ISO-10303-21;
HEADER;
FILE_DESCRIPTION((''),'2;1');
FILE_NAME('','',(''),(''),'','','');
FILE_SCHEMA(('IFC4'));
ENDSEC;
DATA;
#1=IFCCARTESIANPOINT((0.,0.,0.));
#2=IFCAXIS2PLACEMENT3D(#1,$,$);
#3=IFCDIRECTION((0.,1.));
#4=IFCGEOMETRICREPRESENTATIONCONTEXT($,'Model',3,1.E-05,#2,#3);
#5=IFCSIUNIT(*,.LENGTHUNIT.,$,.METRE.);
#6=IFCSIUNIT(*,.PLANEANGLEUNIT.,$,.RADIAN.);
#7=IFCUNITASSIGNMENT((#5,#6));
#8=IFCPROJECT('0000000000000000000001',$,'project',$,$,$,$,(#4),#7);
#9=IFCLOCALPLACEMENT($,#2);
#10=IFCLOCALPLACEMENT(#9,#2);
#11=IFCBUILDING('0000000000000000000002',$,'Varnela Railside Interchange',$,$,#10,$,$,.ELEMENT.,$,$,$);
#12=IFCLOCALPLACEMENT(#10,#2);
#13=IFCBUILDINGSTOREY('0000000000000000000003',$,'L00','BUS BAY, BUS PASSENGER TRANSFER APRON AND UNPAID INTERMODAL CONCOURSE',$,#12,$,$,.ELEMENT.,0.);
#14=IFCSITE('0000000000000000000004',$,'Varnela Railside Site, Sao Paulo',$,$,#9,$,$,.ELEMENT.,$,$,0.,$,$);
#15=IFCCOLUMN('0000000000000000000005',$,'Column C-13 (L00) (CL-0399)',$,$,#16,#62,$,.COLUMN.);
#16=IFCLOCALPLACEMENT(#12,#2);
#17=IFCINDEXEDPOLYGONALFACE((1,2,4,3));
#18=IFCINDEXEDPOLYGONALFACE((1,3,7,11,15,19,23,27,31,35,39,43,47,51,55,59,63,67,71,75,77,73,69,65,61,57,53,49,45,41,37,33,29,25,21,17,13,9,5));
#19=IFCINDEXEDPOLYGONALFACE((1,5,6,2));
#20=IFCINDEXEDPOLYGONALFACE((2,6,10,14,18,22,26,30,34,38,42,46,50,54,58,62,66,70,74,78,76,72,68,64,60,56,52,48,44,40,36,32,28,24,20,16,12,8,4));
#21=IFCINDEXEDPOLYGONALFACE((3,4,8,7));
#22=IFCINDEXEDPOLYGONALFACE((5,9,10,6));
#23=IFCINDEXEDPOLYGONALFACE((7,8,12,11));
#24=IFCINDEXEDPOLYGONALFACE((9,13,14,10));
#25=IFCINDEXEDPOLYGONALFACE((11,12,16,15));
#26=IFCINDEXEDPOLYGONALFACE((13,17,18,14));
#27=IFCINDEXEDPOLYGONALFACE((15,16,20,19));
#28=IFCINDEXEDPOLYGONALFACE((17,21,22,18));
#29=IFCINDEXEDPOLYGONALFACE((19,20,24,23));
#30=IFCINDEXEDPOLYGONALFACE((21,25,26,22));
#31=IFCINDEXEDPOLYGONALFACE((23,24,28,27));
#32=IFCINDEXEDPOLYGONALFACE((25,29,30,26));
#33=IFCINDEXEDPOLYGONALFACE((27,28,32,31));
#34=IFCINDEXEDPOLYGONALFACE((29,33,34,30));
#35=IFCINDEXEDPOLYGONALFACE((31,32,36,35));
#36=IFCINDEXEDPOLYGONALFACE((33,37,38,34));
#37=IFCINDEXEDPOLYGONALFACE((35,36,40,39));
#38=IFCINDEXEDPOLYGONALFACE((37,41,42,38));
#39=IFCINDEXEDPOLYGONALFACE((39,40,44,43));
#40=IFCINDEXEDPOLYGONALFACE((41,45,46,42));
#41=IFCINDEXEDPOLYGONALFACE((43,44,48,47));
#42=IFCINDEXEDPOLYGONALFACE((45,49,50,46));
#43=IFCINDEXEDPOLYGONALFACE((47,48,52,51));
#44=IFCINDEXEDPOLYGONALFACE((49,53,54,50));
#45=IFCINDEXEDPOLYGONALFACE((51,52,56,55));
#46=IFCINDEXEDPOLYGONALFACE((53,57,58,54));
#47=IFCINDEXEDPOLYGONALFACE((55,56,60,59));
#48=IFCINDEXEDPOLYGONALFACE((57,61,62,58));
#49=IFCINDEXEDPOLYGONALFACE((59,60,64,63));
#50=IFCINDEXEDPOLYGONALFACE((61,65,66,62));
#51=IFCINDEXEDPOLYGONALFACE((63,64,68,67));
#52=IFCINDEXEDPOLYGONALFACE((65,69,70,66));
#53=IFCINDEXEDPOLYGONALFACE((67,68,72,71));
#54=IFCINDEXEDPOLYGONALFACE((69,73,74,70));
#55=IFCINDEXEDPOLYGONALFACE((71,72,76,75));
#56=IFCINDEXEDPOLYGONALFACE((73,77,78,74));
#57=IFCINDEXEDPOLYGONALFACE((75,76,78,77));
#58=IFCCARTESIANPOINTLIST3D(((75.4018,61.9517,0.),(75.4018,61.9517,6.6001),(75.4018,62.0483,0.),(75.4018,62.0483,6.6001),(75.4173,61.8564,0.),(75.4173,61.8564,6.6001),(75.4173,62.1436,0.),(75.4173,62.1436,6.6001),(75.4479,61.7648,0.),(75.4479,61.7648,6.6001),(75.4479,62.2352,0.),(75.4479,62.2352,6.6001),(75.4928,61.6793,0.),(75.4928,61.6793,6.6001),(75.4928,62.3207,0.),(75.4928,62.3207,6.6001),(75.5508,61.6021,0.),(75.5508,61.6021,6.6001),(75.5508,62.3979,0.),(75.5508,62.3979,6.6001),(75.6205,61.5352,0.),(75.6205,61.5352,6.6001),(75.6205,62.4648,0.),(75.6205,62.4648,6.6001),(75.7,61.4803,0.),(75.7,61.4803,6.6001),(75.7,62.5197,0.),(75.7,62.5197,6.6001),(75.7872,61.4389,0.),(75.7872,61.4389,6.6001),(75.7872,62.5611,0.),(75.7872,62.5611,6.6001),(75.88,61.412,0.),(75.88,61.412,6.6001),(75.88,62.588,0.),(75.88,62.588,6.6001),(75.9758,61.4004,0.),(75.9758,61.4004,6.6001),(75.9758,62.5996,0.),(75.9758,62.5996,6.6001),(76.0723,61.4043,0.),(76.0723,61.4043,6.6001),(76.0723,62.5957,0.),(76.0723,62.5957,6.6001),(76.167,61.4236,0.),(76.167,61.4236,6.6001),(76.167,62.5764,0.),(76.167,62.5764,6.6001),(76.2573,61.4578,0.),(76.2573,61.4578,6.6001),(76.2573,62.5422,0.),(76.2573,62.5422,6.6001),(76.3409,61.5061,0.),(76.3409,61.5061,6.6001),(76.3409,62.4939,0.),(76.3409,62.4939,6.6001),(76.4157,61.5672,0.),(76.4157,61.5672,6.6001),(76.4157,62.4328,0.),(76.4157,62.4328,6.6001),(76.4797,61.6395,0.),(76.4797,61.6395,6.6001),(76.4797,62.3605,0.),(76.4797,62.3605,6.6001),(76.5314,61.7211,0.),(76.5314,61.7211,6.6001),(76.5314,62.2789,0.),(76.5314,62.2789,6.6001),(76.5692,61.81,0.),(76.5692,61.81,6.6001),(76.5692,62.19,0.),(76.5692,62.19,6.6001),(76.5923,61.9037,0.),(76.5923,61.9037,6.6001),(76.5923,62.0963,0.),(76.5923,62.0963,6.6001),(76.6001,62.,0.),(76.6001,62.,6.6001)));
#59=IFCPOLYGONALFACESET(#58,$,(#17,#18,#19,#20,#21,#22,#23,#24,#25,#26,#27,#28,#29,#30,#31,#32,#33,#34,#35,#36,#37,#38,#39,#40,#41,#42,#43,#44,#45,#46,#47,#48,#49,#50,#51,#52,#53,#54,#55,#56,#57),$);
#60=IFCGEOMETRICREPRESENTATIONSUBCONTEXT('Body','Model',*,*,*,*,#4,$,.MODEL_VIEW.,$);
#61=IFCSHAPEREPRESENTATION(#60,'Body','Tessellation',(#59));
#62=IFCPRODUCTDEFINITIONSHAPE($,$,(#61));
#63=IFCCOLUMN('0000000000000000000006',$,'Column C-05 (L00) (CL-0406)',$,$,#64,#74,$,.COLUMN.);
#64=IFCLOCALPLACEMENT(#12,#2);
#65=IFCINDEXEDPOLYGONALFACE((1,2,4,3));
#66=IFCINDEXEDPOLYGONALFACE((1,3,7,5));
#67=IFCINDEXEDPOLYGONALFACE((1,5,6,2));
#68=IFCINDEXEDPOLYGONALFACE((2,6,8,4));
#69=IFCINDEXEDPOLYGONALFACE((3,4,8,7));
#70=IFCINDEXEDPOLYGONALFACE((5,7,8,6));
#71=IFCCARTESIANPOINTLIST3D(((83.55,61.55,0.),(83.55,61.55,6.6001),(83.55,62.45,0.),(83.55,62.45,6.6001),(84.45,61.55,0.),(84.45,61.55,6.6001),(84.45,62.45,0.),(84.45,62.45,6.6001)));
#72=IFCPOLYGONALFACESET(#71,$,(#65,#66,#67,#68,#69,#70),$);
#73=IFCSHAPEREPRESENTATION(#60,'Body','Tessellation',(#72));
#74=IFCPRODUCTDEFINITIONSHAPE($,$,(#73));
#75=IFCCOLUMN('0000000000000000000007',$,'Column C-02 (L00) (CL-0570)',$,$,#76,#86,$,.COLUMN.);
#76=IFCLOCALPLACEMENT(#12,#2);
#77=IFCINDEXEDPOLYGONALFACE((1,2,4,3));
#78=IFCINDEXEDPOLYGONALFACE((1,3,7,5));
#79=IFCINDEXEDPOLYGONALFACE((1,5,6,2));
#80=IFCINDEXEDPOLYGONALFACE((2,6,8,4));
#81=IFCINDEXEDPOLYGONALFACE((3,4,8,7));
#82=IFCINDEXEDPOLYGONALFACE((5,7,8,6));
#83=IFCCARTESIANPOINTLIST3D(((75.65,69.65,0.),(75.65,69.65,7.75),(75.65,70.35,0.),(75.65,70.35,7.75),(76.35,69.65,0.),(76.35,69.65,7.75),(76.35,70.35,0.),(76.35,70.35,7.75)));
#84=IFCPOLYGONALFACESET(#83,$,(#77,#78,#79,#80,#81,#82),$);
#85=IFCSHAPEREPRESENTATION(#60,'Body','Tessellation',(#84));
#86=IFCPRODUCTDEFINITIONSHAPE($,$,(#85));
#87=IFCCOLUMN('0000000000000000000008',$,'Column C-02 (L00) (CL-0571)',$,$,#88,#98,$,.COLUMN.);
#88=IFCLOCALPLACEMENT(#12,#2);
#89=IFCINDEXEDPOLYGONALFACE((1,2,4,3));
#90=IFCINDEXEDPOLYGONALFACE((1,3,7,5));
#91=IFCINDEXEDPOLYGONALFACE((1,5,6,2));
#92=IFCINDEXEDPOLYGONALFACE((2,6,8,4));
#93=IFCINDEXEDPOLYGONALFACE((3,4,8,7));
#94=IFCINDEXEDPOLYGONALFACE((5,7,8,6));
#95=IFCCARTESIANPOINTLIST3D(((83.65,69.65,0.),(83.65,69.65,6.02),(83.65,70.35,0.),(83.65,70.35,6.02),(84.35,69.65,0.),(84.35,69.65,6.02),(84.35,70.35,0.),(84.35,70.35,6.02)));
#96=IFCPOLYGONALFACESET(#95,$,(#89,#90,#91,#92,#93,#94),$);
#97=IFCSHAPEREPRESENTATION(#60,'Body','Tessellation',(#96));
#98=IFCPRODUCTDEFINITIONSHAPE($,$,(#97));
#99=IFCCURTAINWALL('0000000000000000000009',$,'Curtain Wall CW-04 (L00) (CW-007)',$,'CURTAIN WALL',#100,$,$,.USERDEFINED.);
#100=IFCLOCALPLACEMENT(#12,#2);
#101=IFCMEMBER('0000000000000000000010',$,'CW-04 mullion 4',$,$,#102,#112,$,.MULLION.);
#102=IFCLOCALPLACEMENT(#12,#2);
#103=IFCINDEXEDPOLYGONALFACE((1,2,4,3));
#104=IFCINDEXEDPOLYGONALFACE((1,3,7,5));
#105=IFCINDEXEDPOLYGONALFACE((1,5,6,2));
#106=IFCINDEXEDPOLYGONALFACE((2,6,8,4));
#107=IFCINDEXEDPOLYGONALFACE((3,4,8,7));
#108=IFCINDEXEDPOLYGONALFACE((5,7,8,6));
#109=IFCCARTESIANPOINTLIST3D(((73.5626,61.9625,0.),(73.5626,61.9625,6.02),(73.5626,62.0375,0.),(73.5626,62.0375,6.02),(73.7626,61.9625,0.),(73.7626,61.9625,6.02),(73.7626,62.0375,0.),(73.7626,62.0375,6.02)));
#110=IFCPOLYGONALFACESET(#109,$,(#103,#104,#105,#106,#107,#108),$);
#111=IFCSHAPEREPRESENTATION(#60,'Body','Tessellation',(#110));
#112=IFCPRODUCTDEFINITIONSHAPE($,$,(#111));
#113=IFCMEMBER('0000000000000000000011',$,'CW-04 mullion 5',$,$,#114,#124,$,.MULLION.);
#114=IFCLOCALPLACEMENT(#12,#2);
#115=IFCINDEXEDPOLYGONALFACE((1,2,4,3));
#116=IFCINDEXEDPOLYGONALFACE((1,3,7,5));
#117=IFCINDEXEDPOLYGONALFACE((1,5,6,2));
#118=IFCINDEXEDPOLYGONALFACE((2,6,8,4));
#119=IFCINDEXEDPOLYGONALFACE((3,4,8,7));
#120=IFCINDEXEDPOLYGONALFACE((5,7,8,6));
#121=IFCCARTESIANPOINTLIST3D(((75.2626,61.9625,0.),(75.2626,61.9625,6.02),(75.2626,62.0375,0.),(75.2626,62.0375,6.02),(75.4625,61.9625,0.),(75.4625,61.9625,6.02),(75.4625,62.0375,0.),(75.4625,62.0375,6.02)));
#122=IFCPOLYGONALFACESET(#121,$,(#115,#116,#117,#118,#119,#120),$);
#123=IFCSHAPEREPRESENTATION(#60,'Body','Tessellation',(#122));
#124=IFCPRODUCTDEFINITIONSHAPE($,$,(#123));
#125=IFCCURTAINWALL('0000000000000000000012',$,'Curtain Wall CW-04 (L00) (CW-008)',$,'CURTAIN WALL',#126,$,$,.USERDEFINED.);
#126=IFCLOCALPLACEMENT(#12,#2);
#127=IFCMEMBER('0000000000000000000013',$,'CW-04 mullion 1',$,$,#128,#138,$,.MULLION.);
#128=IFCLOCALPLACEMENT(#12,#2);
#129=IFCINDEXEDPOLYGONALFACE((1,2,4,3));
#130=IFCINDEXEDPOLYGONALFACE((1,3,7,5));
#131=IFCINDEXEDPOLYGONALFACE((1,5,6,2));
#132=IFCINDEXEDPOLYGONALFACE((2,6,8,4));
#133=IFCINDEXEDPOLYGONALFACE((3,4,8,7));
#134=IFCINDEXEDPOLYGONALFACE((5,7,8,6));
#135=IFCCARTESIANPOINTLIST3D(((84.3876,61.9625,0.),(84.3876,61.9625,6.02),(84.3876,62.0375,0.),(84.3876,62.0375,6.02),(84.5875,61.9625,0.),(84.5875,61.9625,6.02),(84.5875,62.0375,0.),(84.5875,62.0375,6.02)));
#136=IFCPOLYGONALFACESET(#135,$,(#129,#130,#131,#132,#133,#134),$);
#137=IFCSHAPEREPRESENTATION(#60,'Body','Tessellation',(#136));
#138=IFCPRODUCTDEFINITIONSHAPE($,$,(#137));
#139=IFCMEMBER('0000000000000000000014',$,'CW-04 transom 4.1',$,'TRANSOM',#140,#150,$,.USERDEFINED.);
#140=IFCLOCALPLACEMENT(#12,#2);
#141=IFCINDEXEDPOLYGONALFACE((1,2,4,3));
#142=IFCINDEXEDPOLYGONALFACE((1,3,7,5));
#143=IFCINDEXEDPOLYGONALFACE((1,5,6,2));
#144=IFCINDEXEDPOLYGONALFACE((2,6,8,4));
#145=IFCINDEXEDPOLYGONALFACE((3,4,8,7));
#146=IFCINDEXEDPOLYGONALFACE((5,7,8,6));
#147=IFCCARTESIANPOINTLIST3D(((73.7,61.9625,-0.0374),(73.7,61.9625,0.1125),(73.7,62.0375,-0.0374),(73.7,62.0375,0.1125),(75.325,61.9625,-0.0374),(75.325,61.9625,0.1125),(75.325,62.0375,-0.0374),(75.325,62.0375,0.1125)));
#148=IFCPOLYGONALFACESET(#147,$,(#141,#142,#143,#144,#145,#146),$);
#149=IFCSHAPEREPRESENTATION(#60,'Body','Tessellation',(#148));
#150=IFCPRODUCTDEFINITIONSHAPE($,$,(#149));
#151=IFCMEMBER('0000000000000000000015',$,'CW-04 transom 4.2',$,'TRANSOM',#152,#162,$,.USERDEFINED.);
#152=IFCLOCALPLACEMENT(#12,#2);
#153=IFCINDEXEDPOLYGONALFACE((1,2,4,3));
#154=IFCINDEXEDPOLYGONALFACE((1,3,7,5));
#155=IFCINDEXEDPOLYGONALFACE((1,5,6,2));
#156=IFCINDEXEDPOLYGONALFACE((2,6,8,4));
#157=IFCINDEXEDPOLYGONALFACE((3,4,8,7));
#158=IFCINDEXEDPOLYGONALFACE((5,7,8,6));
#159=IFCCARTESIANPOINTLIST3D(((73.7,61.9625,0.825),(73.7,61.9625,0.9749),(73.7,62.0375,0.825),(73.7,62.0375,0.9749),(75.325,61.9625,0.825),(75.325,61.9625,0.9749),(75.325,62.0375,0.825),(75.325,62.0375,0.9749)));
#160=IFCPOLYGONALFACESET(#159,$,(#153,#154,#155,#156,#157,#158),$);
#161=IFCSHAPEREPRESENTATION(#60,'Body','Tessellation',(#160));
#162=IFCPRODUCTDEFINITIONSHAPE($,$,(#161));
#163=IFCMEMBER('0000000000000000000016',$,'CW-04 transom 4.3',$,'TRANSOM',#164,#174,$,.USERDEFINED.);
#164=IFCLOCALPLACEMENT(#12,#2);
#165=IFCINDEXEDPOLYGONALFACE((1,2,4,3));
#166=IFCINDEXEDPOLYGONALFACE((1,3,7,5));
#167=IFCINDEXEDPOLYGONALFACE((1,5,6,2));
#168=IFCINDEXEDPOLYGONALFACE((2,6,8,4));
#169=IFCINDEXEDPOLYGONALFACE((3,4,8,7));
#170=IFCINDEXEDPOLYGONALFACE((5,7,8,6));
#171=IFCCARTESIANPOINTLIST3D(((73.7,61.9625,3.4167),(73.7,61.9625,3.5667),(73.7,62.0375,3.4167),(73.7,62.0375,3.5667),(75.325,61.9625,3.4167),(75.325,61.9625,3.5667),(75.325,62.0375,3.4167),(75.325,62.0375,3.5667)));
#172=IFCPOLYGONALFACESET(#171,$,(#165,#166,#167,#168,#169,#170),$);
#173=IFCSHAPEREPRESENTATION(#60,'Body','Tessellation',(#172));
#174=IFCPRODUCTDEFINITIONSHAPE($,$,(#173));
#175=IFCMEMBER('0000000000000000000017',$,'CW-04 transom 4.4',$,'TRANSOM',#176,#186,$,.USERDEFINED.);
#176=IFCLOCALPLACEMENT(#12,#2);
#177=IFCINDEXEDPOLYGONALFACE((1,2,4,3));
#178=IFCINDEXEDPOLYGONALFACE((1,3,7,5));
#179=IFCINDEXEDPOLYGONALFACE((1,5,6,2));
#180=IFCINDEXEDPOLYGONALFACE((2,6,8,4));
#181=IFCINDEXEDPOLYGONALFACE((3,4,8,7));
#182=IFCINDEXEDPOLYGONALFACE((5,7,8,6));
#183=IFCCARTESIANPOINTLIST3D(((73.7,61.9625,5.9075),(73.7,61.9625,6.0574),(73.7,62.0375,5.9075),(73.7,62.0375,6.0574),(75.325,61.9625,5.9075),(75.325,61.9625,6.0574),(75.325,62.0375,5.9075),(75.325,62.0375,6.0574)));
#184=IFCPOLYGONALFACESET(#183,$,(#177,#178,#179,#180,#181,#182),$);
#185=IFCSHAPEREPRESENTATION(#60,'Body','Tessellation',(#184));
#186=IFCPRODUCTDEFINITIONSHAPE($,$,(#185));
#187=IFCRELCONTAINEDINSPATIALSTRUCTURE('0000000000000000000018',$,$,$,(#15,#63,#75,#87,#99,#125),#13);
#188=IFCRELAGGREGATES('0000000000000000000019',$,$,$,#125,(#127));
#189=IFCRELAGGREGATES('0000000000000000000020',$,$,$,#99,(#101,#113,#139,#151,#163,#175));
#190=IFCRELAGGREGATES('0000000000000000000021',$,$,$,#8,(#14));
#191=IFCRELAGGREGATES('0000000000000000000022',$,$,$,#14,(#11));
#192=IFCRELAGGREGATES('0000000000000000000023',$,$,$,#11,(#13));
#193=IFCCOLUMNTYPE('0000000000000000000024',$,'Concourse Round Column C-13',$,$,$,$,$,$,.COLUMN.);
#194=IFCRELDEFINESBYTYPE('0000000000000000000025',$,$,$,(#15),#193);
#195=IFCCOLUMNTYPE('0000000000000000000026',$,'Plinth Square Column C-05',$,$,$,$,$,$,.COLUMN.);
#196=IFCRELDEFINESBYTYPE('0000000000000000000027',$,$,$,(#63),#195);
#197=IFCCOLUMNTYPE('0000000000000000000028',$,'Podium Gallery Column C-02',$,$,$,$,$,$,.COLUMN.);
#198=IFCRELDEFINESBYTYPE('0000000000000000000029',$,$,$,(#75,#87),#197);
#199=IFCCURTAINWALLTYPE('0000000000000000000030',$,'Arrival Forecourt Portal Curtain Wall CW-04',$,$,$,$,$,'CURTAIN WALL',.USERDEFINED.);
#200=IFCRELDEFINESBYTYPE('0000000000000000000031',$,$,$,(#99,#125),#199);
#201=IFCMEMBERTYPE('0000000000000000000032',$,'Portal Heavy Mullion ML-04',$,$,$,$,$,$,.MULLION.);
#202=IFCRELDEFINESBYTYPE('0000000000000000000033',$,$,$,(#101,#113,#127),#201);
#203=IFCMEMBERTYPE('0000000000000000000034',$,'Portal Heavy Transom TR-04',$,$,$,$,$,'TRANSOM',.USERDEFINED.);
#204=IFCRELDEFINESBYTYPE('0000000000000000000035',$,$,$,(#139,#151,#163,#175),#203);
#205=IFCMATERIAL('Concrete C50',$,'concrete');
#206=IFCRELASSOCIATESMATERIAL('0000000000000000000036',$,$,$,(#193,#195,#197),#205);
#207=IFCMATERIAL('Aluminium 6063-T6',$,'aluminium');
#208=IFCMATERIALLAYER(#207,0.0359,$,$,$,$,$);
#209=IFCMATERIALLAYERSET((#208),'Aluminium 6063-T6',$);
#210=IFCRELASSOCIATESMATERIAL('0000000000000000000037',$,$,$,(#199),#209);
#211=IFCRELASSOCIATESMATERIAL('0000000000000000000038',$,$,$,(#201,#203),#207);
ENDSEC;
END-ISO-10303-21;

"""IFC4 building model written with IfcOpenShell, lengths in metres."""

from ifc_helpers import new_model, si_unit, direction, frame, origin, origin_2d, place, context, subcontext, project, spatial, rectangle, circle, extrude, material, layer, layer_set, material_profile, profile_set, type_object, element, aggregate, save


model = new_model("IFC4")

# Units and contexts
model_context = context("Model", 3, precision=1e-05, world=origin(), true_north=direction((0.0, 1.0)))
body_context = subcontext(model_context, "Body", "Model", "MODEL_VIEW")
ifc_project = project(units=[si_unit("LENGTHUNIT", "METRE"), si_unit("PLANEANGLEUNIT", "RADIAN")], contexts=[model_context])

# Site, building, storey
site_placement = place(None, origin())
site = spatial("IfcSite", under=ifc_project, at=site_placement, Name="Varnela Railside Site, Sao Paulo", CompositionType="ELEMENT", RefElevation=0.0)
building_placement = place(site_placement, origin())
building = spatial("IfcBuilding", under=site, at=building_placement, Name="Varnela Railside Interchange", CompositionType="ELEMENT")
storey_placement = place(building_placement, origin())
storey = spatial("IfcBuildingStorey", under=building, at=storey_placement, Name="L00", Description="BUS BAY, BUS PASSENGER TRANSFER APRON AND UNPAID INTERMODAL CONCOURSE", CompositionType="ELEMENT", Elevation=0.0)

# Columns
ifc_material_1 = material(Name="Concrete C50", Category="concrete")
ifc_material_profile_1 = material_profile(ifc_material_1, circle(Radius=0.6001, at=origin_2d()), Name="CIRC D1200")
ifc_profile_set_1 = profile_set([ifc_material_profile_1], Name="Concrete C50")
column_type_1 = type_object("IfcColumnType", Name="Concourse Round Column C-13", PredefinedType="COLUMN", material=ifc_profile_set_1)
column_1_placement = place(storey_placement, frame((76.0, 62.0, 0.0), z_axis=(0.0, 0.0, 1.0), x_axis=(1.0, 0.0, 0.0)))
element("IfcColumn", 1, at=column_1_placement, inside=storey, type_object=column_type_1, Name="Column C-13 (L00) (CL-0399)", PredefinedType="COLUMN", context=body_context, shape_type="SweptSolid", body=[
    extrude(circle(Radius=0.6001, at=origin_2d()), origin(), (0.0, 0.0, 1.0), 6.6001),
])
ifc_material_profile_2 = material_profile(ifc_material_1, rectangle(XDim=0.8999, YDim=0.8999, at=origin_2d()), Name="RC 900x900")
ifc_profile_set_2 = profile_set([ifc_material_profile_2], Name="Concrete C50")
column_type_2 = type_object("IfcColumnType", Name="Plinth Square Column C-05", PredefinedType="COLUMN", material=ifc_profile_set_2)
column_2_placement = place(storey_placement, frame((84.0, 62.0, 0.0), z_axis=(0.0, 0.0, 1.0), x_axis=(1.0, 0.0, 0.0)))
element("IfcColumn", 2, at=column_2_placement, inside=storey, type_object=column_type_2, Name="Column C-05 (L00) (CL-0406)", PredefinedType="COLUMN", context=body_context, shape_type="SweptSolid", body=[
    extrude(rectangle(XDim=0.8999, YDim=0.8999, at=origin_2d()), origin(), (0.0, 0.0, 1.0), 6.6001),
])
ifc_material_profile_3 = material_profile(ifc_material_1, rectangle(XDim=0.7, YDim=0.7, at=origin_2d()), Name="RC 700x700")
ifc_profile_set_3 = profile_set([ifc_material_profile_3], Name="Concrete C50")
column_type_3 = type_object("IfcColumnType", Name="Podium Gallery Column C-02", PredefinedType="COLUMN", material=ifc_profile_set_3)
column_3_placement = place(storey_placement, frame((76.0, 70.0, 0.0), z_axis=(0.0, 0.0, 1.0), x_axis=(1.0, 0.0, 0.0)))
element("IfcColumn", 3, at=column_3_placement, inside=storey, type_object=column_type_3, Name="Column C-02 (L00) (CL-0570)", PredefinedType="COLUMN", context=body_context, shape_type="SweptSolid", body=[
    extrude(rectangle(XDim=0.7, YDim=0.7, at=origin_2d()), origin(), (0.0, 0.0, 1.0), 7.75),
])
column_4_placement = place(storey_placement, frame((84.0, 70.0, 0.0), z_axis=(0.0, 0.0, 1.0), x_axis=(1.0, 0.0, 0.0)))
element("IfcColumn", 4, at=column_4_placement, inside=storey, type_object=column_type_3, Name="Column C-02 (L00) (CL-0571)", PredefinedType="COLUMN", context=body_context, shape_type="SweptSolid", body=[
    extrude(rectangle(XDim=0.7, YDim=0.7, at=origin_2d()), origin(), (0.0, 0.0, 1.0), 6.02),
])

# Curtain wall, members
ifc_material_2 = material(Name="Aluminium 6063-T6", Category="aluminium")
ifc_layer_1 = layer(ifc_material_2, 0.0359)
ifc_layer_set_1 = layer_set([ifc_layer_1], Name="Aluminium 6063-T6")
curtain_wall_type = type_object("IfcCurtainWallType", Name="Arrival Forecourt Portal Curtain Wall CW-04", ElementType="CURTAIN WALL", PredefinedType="USERDEFINED", material=ifc_layer_set_1)
curtain_wall_1_placement = place(storey_placement, origin())
curtain_wall_1 = element("IfcCurtainWall", 5, at=curtain_wall_1_placement, inside=storey, type_object=curtain_wall_type, Name="Curtain Wall CW-04 (L00) (CW-007)", ObjectType="CURTAIN WALL", PredefinedType="USERDEFINED")
ifc_material_profile_4 = material_profile(ifc_material_2, rectangle(XDim=0.075, YDim=0.2, at=origin_2d()), Name="ALU 75x200")
ifc_profile_set_4 = profile_set([ifc_material_profile_4], Name="Aluminium 6063-T6")
member_type_1 = type_object("IfcMemberType", Name="Portal Heavy Mullion ML-04", PredefinedType="MULLION", material=ifc_profile_set_4)
member_1_placement = place(storey_placement, frame((73.6626, 62.0, 0.0), z_axis=(0.0, 0.0, 1.0), x_axis=(0.0, 1.0, 0.0)))
member_1 = element("IfcMember", 6, at=member_1_placement, type_object=member_type_1, Name="CW-04 mullion 4", PredefinedType="MULLION", context=body_context, shape_type="SweptSolid", body=[
    extrude(rectangle(XDim=0.075, YDim=0.2, at=origin_2d()), origin(), (0.0, 0.0, 1.0), 6.02),
])
member_2_placement = place(storey_placement, frame((75.3625, 62.0, 0.0), z_axis=(0.0, 0.0, 1.0), x_axis=(0.0, 1.0, 0.0)))
member_2 = element("IfcMember", 7, at=member_2_placement, type_object=member_type_1, Name="CW-04 mullion 5", PredefinedType="MULLION", context=body_context, shape_type="SweptSolid", body=[
    extrude(rectangle(XDim=0.075, YDim=0.2, at=origin_2d()), origin(), (0.0, 0.0, 1.0), 6.02),
])

# Curtain wall, member
curtain_wall_2_placement = place(storey_placement, origin())
curtain_wall_2 = element("IfcCurtainWall", 8, at=curtain_wall_2_placement, inside=storey, type_object=curtain_wall_type, Name="Curtain Wall CW-04 (L00) (CW-008)", ObjectType="CURTAIN WALL", PredefinedType="USERDEFINED")
member_3_placement = place(storey_placement, frame((84.4875, 62.0, 0.0), z_axis=(0.0, 0.0, 1.0), x_axis=(0.0, 1.0, 0.0)))
member_3 = element("IfcMember", 9, at=member_3_placement, type_object=member_type_1, Name="CW-04 mullion 1", PredefinedType="MULLION", context=body_context, shape_type="SweptSolid", body=[
    extrude(rectangle(XDim=0.075, YDim=0.2, at=origin_2d()), origin(), (0.0, 0.0, 1.0), 6.02),
])

# Members
ifc_material_profile_5 = material_profile(ifc_material_2, rectangle(XDim=0.075, YDim=0.1499, at=origin_2d()), Name="ALU 75x150")
ifc_profile_set_5 = profile_set([ifc_material_profile_5], Name="Aluminium 6063-T6")
member_type_2 = type_object("IfcMemberType", Name="Portal Heavy Transom TR-04", ElementType="TRANSOM", PredefinedType="USERDEFINED", material=ifc_profile_set_5)
member_4_placement = place(storey_placement, frame((73.7, 62.0, 0.0376), z_axis=(1.0, 0.0, 0.0), x_axis=(0.0, 1.0, 0.0)))
member_4 = element("IfcMember", 10, at=member_4_placement, type_object=member_type_2, Name="CW-04 transom 4.1", ObjectType="TRANSOM", PredefinedType="USERDEFINED", context=body_context, shape_type="SweptSolid", body=[
    extrude(rectangle(XDim=0.075, YDim=0.1499, at=origin_2d()), origin(), (0.0, 0.0, 1.0), 1.625),
])
member_5_placement = place(storey_placement, frame((73.7, 62.0, 0.8999), z_axis=(1.0, 0.0, 0.0), x_axis=(0.0, 1.0, 0.0)))
member_5 = element("IfcMember", 11, at=member_5_placement, type_object=member_type_2, Name="CW-04 transom 4.2", ObjectType="TRANSOM", PredefinedType="USERDEFINED", context=body_context, shape_type="SweptSolid", body=[
    extrude(rectangle(XDim=0.075, YDim=0.1499, at=origin_2d()), origin(), (0.0, 0.0, 1.0), 1.625),
])
member_6_placement = place(storey_placement, frame((73.7, 62.0, 3.4917), z_axis=(1.0, 0.0, 0.0), x_axis=(0.0, 1.0, 0.0)))
member_6 = element("IfcMember", 12, at=member_6_placement, type_object=member_type_2, Name="CW-04 transom 4.3", ObjectType="TRANSOM", PredefinedType="USERDEFINED", context=body_context, shape_type="SweptSolid", body=[
    extrude(rectangle(XDim=0.075, YDim=0.1499, at=origin_2d()), origin(), (0.0, 0.0, 1.0), 1.625),
])
member_7_placement = place(storey_placement, frame((73.7, 62.0, 5.9824), z_axis=(1.0, 0.0, 0.0), x_axis=(0.0, 1.0, 0.0)))
member_7 = element("IfcMember", 13, at=member_7_placement, type_object=member_type_2, Name="CW-04 transom 4.4", ObjectType="TRANSOM", PredefinedType="USERDEFINED", context=body_context, shape_type="SweptSolid", body=[
    extrude(rectangle(XDim=0.075, YDim=0.1499, at=origin_2d()), origin(), (0.0, 0.0, 1.0), 1.625),
])
aggregate(curtain_wall_2, [member_3])

aggregate(curtain_wall_1, [member_1, member_2, member_4, member_5, member_6, member_7])

save(model, "model.ifc")
